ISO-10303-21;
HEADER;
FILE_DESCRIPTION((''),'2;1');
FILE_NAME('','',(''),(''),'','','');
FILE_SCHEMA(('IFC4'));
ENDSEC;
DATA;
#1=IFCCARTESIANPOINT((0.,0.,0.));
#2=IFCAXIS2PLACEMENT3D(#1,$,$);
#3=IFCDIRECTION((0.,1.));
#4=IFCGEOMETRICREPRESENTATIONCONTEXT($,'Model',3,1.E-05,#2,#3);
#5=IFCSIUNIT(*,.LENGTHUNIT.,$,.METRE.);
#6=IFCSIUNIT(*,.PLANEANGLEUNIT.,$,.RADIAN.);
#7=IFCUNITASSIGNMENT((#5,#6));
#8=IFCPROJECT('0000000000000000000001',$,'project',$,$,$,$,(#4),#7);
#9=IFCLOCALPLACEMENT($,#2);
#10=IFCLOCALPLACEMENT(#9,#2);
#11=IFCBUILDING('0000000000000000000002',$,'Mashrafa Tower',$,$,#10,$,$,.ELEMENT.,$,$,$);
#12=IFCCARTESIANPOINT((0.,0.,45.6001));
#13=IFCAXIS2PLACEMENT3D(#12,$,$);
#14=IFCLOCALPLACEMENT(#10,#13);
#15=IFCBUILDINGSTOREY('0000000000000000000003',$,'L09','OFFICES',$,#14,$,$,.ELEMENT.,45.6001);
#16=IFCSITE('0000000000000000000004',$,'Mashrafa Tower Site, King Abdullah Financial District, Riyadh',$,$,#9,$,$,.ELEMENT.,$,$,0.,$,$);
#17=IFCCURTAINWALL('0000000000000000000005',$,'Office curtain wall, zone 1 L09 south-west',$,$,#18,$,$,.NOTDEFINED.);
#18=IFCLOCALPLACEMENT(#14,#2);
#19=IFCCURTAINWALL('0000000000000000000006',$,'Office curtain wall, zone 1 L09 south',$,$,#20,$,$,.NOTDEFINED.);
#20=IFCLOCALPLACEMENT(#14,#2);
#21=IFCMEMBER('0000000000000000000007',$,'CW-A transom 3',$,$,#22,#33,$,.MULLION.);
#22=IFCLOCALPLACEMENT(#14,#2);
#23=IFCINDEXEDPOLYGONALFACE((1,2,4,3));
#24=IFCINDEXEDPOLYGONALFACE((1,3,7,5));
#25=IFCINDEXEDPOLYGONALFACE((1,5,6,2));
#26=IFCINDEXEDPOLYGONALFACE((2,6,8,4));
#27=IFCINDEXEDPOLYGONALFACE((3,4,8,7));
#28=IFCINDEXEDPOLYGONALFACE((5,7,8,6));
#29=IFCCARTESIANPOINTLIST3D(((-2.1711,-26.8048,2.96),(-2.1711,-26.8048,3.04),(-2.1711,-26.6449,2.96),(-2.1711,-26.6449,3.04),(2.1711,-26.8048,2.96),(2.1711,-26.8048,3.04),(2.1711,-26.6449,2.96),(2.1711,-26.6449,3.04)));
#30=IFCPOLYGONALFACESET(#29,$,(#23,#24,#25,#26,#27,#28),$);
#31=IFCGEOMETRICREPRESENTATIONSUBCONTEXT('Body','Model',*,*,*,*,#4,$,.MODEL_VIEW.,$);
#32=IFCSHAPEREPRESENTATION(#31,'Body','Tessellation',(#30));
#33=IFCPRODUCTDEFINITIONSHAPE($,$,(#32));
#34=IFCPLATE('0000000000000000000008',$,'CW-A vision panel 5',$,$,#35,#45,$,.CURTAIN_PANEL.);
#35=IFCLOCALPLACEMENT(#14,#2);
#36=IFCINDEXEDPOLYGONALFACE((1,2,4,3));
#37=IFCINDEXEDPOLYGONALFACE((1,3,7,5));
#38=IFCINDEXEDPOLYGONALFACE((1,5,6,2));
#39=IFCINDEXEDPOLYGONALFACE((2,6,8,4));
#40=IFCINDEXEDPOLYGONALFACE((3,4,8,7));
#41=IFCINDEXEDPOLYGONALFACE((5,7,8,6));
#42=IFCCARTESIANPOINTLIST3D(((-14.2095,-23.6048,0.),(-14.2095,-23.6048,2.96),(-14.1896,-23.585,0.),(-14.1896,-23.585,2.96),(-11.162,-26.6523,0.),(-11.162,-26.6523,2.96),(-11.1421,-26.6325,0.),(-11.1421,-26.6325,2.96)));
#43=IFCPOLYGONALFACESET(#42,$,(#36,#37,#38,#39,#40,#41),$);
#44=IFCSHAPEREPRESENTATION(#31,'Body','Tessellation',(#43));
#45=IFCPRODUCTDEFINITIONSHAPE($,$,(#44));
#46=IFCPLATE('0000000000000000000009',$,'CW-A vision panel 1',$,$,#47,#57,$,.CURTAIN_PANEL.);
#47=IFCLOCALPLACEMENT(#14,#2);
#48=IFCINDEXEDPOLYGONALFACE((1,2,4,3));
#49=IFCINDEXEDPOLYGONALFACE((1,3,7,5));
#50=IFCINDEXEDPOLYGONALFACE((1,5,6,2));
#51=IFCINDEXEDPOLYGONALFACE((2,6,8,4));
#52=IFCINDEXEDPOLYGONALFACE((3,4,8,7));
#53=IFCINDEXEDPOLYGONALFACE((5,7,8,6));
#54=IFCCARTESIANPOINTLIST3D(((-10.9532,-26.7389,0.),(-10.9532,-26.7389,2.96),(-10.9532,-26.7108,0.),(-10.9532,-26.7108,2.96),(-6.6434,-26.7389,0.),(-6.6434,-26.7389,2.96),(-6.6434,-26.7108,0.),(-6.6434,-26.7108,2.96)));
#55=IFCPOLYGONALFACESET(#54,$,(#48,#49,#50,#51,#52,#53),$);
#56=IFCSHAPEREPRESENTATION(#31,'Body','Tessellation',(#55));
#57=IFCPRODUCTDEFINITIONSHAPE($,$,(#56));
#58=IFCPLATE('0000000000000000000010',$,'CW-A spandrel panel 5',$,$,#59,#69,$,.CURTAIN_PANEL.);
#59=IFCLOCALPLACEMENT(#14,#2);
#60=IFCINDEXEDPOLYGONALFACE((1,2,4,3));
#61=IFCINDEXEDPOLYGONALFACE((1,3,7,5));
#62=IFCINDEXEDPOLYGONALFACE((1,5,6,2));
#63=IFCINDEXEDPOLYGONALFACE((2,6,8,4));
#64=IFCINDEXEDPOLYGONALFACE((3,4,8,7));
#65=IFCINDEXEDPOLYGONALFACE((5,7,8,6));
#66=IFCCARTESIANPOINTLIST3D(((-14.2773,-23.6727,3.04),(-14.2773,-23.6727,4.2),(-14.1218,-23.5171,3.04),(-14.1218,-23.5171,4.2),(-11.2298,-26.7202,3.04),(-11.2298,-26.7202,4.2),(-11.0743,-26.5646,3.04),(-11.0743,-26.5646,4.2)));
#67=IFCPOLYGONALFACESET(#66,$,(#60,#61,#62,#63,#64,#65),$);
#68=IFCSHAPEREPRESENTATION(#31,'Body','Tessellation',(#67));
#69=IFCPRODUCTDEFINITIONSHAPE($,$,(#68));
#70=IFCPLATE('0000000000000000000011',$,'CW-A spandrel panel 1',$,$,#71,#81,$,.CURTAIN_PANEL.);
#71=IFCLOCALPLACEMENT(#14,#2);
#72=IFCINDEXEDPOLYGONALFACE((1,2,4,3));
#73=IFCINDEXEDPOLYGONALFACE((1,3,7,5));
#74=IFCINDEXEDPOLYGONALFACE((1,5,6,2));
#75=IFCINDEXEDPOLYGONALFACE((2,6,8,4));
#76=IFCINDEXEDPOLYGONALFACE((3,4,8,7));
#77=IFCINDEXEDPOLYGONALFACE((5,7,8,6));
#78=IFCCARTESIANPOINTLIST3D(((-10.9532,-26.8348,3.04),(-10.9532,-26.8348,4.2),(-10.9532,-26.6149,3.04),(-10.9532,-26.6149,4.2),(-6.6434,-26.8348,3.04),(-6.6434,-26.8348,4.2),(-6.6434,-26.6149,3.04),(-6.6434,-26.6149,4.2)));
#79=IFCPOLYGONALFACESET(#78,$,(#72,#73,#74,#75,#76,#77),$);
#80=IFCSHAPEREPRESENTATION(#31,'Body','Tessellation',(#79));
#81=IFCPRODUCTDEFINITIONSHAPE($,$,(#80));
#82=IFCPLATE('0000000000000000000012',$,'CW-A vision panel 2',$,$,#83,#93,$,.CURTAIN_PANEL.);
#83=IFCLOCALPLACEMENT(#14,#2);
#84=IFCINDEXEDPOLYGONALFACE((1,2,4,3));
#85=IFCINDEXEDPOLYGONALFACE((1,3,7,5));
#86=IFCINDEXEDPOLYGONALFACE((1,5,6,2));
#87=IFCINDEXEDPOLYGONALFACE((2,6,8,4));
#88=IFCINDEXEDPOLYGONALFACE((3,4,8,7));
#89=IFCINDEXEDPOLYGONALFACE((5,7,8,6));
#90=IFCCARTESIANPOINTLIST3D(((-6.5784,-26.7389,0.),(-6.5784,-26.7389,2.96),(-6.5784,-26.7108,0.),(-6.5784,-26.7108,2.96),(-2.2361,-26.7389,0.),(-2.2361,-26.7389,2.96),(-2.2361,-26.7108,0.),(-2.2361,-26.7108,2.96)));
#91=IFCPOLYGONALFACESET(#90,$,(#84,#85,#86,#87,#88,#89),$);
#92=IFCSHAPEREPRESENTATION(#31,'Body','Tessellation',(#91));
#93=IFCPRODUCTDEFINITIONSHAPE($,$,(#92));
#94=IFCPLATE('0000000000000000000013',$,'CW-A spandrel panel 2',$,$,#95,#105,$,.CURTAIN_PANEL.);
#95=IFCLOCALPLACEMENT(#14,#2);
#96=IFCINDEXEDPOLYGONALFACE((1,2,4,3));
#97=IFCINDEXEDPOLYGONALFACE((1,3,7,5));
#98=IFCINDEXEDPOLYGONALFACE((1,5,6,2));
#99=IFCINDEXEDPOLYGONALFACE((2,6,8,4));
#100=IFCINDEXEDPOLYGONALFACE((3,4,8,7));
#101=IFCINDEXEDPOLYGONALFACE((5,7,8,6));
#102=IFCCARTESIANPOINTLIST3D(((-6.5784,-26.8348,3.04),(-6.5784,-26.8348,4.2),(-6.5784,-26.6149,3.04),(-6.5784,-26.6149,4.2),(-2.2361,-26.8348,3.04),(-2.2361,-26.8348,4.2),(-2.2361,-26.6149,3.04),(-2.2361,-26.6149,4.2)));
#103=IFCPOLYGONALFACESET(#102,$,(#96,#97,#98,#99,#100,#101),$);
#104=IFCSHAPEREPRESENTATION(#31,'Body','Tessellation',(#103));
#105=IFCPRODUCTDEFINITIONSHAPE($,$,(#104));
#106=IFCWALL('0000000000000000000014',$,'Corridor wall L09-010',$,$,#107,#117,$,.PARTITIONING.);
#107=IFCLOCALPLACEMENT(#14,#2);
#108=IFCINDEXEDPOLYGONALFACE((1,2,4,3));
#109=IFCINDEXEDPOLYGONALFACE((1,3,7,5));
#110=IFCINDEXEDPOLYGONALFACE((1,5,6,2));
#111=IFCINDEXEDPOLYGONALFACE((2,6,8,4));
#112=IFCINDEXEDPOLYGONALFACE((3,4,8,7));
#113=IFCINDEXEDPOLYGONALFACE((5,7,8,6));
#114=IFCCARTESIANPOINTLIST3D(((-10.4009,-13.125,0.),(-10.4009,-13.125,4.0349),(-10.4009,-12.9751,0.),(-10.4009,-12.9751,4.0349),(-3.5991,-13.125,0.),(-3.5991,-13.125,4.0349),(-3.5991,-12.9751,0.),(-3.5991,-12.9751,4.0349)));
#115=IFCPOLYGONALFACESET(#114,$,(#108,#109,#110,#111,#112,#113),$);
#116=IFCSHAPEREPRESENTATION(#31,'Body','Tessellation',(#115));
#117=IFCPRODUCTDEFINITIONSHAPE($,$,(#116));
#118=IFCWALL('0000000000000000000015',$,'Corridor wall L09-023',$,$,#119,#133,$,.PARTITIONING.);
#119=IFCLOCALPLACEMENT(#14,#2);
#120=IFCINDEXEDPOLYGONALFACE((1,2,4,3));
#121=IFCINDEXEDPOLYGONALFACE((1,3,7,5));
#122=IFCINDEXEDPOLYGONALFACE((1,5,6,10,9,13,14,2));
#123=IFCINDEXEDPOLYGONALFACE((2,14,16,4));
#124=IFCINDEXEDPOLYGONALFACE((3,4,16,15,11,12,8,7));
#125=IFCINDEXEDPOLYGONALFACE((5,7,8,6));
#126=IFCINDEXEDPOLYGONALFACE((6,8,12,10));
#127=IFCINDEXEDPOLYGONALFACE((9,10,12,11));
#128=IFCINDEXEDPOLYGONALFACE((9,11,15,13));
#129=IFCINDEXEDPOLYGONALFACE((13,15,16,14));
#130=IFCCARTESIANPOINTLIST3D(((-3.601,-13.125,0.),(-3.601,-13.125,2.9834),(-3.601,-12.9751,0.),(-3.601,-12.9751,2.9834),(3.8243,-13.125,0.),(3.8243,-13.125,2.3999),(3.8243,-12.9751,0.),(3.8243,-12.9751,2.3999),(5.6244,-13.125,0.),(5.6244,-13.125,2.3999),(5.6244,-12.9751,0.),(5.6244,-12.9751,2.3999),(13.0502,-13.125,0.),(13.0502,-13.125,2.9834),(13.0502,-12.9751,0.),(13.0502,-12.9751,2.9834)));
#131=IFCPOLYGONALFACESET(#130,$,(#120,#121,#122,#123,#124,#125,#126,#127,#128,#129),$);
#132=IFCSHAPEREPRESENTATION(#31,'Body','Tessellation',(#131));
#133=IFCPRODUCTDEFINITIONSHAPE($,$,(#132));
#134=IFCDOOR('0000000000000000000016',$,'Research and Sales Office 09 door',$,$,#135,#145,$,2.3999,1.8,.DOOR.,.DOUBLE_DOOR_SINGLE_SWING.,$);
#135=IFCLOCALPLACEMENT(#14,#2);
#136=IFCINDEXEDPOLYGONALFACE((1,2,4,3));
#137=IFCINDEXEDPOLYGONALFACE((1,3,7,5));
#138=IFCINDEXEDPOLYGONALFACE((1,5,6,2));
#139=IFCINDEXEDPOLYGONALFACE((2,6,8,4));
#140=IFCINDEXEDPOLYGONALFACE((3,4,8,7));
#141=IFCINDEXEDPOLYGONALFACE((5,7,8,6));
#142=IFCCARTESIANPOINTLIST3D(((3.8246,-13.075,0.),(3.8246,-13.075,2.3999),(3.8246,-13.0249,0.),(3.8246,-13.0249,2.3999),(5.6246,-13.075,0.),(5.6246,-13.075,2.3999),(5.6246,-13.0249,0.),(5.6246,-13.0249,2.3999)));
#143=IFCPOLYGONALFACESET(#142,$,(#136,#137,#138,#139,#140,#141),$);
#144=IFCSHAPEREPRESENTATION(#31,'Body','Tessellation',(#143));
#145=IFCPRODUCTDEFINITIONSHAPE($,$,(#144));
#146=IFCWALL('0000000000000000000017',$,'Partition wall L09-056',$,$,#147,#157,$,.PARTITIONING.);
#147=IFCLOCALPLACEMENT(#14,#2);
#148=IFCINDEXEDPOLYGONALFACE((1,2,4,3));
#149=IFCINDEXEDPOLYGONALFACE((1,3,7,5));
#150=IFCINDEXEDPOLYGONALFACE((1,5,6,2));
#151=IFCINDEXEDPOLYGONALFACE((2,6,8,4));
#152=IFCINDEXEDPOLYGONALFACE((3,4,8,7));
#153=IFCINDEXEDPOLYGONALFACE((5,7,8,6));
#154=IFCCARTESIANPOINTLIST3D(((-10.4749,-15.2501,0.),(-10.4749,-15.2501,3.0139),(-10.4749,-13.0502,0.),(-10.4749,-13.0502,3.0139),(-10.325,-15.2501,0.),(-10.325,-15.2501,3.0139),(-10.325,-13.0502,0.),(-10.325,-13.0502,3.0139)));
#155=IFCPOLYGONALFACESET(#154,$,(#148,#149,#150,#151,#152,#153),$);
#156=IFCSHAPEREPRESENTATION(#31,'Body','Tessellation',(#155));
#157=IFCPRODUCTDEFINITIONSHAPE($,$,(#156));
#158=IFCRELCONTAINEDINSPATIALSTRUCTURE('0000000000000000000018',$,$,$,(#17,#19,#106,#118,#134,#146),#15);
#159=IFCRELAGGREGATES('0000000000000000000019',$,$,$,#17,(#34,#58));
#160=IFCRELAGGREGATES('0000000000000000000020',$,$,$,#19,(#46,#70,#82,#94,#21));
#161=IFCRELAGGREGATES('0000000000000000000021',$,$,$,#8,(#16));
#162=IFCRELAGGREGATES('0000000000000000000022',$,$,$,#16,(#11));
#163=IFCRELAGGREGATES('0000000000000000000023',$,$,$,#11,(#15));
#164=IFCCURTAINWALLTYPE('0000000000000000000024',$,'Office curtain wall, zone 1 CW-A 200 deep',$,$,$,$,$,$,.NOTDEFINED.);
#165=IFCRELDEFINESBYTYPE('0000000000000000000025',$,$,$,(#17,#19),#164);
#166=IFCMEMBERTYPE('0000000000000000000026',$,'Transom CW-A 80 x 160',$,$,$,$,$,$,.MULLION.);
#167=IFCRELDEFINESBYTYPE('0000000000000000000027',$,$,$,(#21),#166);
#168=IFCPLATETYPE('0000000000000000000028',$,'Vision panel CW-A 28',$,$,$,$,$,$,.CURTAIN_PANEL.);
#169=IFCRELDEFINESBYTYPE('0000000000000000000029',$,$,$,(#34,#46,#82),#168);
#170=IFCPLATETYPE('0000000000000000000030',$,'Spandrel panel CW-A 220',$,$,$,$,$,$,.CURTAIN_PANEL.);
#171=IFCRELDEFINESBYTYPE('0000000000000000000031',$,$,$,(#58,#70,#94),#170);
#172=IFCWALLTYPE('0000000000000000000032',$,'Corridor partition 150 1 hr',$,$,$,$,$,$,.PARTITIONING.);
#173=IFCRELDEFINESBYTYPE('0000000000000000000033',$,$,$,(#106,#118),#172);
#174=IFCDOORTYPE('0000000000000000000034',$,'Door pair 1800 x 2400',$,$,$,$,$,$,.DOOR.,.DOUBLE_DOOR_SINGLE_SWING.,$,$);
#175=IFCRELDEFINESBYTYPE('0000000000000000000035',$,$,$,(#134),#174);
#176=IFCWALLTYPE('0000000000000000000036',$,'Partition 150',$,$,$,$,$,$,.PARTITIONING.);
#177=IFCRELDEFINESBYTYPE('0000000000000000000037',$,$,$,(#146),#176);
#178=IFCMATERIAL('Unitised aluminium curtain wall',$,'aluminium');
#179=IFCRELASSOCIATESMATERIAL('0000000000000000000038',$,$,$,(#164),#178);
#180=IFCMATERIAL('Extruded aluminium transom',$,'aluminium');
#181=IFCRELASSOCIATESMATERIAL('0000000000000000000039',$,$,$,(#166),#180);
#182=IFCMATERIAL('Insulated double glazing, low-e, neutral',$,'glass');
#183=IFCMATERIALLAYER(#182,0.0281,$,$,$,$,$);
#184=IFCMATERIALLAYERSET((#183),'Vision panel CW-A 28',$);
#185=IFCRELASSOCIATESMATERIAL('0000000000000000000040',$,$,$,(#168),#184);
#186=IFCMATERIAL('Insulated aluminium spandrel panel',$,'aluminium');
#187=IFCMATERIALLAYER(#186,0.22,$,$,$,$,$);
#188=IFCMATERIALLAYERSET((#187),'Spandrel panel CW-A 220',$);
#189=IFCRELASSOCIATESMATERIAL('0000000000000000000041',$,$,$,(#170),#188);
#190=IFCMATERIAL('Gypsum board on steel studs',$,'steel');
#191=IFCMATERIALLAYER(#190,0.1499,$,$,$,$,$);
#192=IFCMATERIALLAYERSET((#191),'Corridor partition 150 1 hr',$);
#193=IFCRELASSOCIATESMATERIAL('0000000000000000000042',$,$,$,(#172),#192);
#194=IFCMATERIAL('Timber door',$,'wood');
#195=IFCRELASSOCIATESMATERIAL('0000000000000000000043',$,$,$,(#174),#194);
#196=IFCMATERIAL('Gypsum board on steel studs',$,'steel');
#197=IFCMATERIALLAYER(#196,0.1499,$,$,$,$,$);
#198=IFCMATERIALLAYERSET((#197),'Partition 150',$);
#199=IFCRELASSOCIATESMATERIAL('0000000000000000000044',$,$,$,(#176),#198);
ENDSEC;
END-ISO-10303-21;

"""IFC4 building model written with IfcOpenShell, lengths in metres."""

from ifc_helpers import new_model, si_unit, direction, frame, frame_2d, origin, origin_2d, place, context, subcontext, project, spatial, rectangle, extrude, source, transform, mapped, material, layer, layer_set, material_profile, profile_set, type_object, type_shapes, element, fill, aggregate, save


model = new_model("IFC4")

# Units and contexts
model_context = context("Model", 3, precision=1e-05, world=origin(), true_north=direction((0.0, 1.0)))
body_context = subcontext(model_context, "Body", "Model", "MODEL_VIEW")
ifc_project = project(units=[si_unit("LENGTHUNIT", "METRE"), si_unit("PLANEANGLEUNIT", "RADIAN")], contexts=[model_context])

# Site, building, storey
site_placement = place(None, origin())
site = spatial("IfcSite", under=ifc_project, at=site_placement, Name="Mashrafa Tower Site, King Abdullah Financial District, Riyadh", CompositionType="ELEMENT", RefElevation=0.0)
building_placement = place(site_placement, origin())
building = spatial("IfcBuilding", under=site, at=building_placement, Name="Mashrafa Tower", CompositionType="ELEMENT")
storey_placement = place(building_placement, frame((0.0, 0.0, 45.6001)))
storey = spatial("IfcBuildingStorey", under=building, at=storey_placement, Name="L09", Description="OFFICES", CompositionType="ELEMENT", Elevation=45.6001)

# Curtain wall
ifc_material_1 = material(Name="Unitised aluminium curtain wall", Category="aluminium")
curtain_wall_type = type_object("IfcCurtainWallType", Name="Office curtain wall, zone 1 CW-A 200 deep", PredefinedType="NOTDEFINED", material=ifc_material_1)
curtain_wall_1_placement = place(storey_placement, origin())
curtain_wall_1 = element("IfcCurtainWall", 1, at=curtain_wall_1_placement, inside=storey, type_object=curtain_wall_type, Name="Office curtain wall, zone 1 L09 south-west", PredefinedType="NOTDEFINED")

# Curtain wall, member
curtain_wall_2_placement = place(storey_placement, origin())
curtain_wall_2 = element("IfcCurtainWall", 2, at=curtain_wall_2_placement, inside=storey, type_object=curtain_wall_type, Name="Office curtain wall, zone 1 L09 south", PredefinedType="NOTDEFINED")
ifc_material_2 = material(Name="Extruded aluminium transom", Category="aluminium")
ifc_material_profile_1 = material_profile(ifc_material_2, rectangle(XDim=0.1599, YDim=0.0801, at=origin_2d()), Name="Transom 80x160")
ifc_profile_set_1 = profile_set([ifc_material_profile_1], Name="Extruded aluminium transom")
member_type_1 = type_object("IfcMemberType", Name="Transom CW-A 80 x 160", PredefinedType="MULLION", material=ifc_profile_set_1)
shared_shape_1 = source(origin(), body_context, "Body", "SweptSolid", [
    extrude(rectangle(XDim=0.1599, YDim=0.0801, at=origin_2d()), origin(), (0.0, 0.0, 1.0), 4.3423),
])
member_1_placement = place(storey_placement, frame((-2.1711, -26.7249, 3.0), z_axis=(1.0, 0.0, 0.0), x_axis=(0.0, 1.0, 0.0)))
member_1 = element("IfcMember", 3, at=member_1_placement, type_object=member_type_1, Name="CW-A transom 3", PredefinedType="MULLION", context=body_context, shape_type="MappedRepresentation", body=[
    mapped(shared_shape_1, transform((0.0, 0.0, 0.0))),
])

# Plates
ifc_material_3 = material(Name="Insulated double glazing, low-e, neutral", Category="glass")
ifc_layer_1 = layer(ifc_material_3, 0.0281)
ifc_layer_set_1 = layer_set([ifc_layer_1], Name="Vision panel CW-A 28")
plate_type_1 = type_object("IfcPlateType", Name="Vision panel CW-A 28", PredefinedType="CURTAIN_PANEL", material=ifc_layer_set_1)
shared_shape_2 = source(origin(), body_context, "Body", "SweptSolid", [
    extrude(rectangle(XDim=4.3098, YDim=0.0281, at=origin_2d()), origin(), (0.0, 0.0, 1.0), 2.96),
])
plate_1_placement = place(storey_placement, frame((-12.6758, -25.1187, 0.0), z_axis=(0.0, 0.0, 1.0), x_axis=(0.707107, -0.707107, 0.0)))
plate_1 = element("IfcPlate", 4, at=plate_1_placement, type_object=plate_type_1, Name="CW-A vision panel 5", PredefinedType="CURTAIN_PANEL", context=body_context, shape_type="MappedRepresentation", body=[
    mapped(shared_shape_2, transform((0.0, 0.0, 0.0))),
])
plate_2_placement = place(storey_placement, frame((-8.7983, -26.7249, 0.0), z_axis=(0.0, 0.0, 1.0), x_axis=(1.0, 0.0, 0.0)))
plate_2 = element("IfcPlate", 5, at=plate_2_placement, type_object=plate_type_1, Name="CW-A vision panel 1", PredefinedType="CURTAIN_PANEL", context=body_context, shape_type="MappedRepresentation", body=[
    mapped(shared_shape_2, transform((0.0, 0.0, 0.0))),
])
ifc_material_4 = material(Name="Insulated aluminium spandrel panel", Category="aluminium")
ifc_layer_2 = layer(ifc_material_4, 0.22)
ifc_layer_set_2 = layer_set([ifc_layer_2], Name="Spandrel panel CW-A 220")
plate_type_2 = type_object("IfcPlateType", Name="Spandrel panel CW-A 220", PredefinedType="CURTAIN_PANEL", material=ifc_layer_set_2)
shared_shape_3 = source(origin(), body_context, "Body", "SweptSolid", [
    extrude(rectangle(XDim=4.3098, YDim=0.22, at=origin_2d()), origin(), (0.0, 0.0, 1.0), 1.1599),
])
plate_3_placement = place(storey_placement, frame((-12.6758, -25.1187, 3.04), z_axis=(0.0, 0.0, 1.0), x_axis=(0.707107, -0.707107, 0.0)))
plate_3 = element("IfcPlate", 6, at=plate_3_placement, type_object=plate_type_2, Name="CW-A spandrel panel 5", PredefinedType="CURTAIN_PANEL", context=body_context, shape_type="MappedRepresentation", body=[
    mapped(shared_shape_3, transform((0.0, 0.0, 0.0))),
])
aggregate(curtain_wall_1, [plate_1, plate_3])
plate_4_placement = place(storey_placement, frame((-8.7983, -26.7249, 3.04), z_axis=(0.0, 0.0, 1.0), x_axis=(1.0, 0.0, 0.0)))
plate_4 = element("IfcPlate", 7, at=plate_4_placement, type_object=plate_type_2, Name="CW-A spandrel panel 1", PredefinedType="CURTAIN_PANEL", context=body_context, shape_type="MappedRepresentation", body=[
    mapped(shared_shape_3, transform((0.0, 0.0, 0.0))),
])
shared_shape_4 = source(origin(), body_context, "Body", "SweptSolid", [
    extrude(rectangle(XDim=4.3423, YDim=0.0281, at=origin_2d()), origin(), (0.0, 0.0, 1.0), 2.96),
])
type_shapes(plate_type_1, [shared_shape_2, shared_shape_4])
plate_5_placement = place(storey_placement, frame((-4.4072, -26.7249, 0.0), z_axis=(0.0, 0.0, 1.0), x_axis=(1.0, 0.0, 0.0)))
plate_5 = element("IfcPlate", 8, at=plate_5_placement, type_object=plate_type_1, Name="CW-A vision panel 2", PredefinedType="CURTAIN_PANEL", context=body_context, shape_type="MappedRepresentation", body=[
    mapped(shared_shape_4, transform((0.0, 0.0, 0.0))),
])
shared_shape_5 = source(origin(), body_context, "Body", "SweptSolid", [
    extrude(rectangle(XDim=4.3423, YDim=0.22, at=origin_2d()), origin(), (0.0, 0.0, 1.0), 1.1599),
])
type_shapes(plate_type_2, [shared_shape_3, shared_shape_5])
plate_6_placement = place(storey_placement, frame((-4.4072, -26.7249, 3.04), z_axis=(0.0, 0.0, 1.0), x_axis=(1.0, 0.0, 0.0)))
plate_6 = element("IfcPlate", 9, at=plate_6_placement, type_object=plate_type_2, Name="CW-A spandrel panel 2", PredefinedType="CURTAIN_PANEL", context=body_context, shape_type="MappedRepresentation", body=[
    mapped(shared_shape_5, transform((0.0, 0.0, 0.0))),
])
aggregate(curtain_wall_2, [plate_2, plate_4, plate_5, plate_6, member_1])

# Wall
ifc_material_5 = material(Name="Gypsum board on steel studs", Category="steel")
ifc_layer_3 = layer(ifc_material_5, 0.1499)
ifc_layer_set_3 = layer_set([ifc_layer_3], Name="Corridor partition 150 1 hr")
wall_type_1 = type_object("IfcWallType", Name="Corridor partition 150 1 hr", PredefinedType="PARTITIONING", material=ifc_layer_set_3)
wall_1_placement = place(storey_placement, frame((-10.4009, -13.05, 0.0), z_axis=(0.0, 0.0, 1.0), x_axis=(1.0, 0.0, 0.0)))
element("IfcWall", 10, at=wall_1_placement, inside=storey, type_object=wall_type_1, Name="Corridor wall L09-010", PredefinedType="PARTITIONING", context=body_context, shape_type="SweptSolid", body=[
    extrude(rectangle(XDim=6.8018, YDim=0.1499, at=frame_2d((3.4009, 0.0))), origin(), (0.0, 0.0, 1.0), 4.0349),
])

# Wall, opening, door
wall_2_placement = place(storey_placement, frame((-3.6011, -13.05, 0.0), z_axis=(0.0, 0.0, 1.0), x_axis=(1.0, 0.0, 0.0)))
wall_2 = element("IfcWall", 11, at=wall_2_placement, inside=storey, type_object=wall_type_1, Name="Corridor wall L09-023", PredefinedType="PARTITIONING", context=body_context, shape_type="SweptSolid", body=[
    extrude(rectangle(XDim=16.6511, YDim=0.1499, at=frame_2d((8.3257, 0.0))), origin(), (0.0, 0.0, 1.0), 2.9834),
])
opening_1_placement = place(wall_2_placement, frame((7.4255, 0.0, 0.0)))
opening_1 = element("IfcOpeningElement", 12, at=opening_1_placement, cuts=wall_2, PredefinedType="OPENING", context=body_context, shape_type="SweptSolid", body=[
    extrude(rectangle(XDim=1.8, YDim=2.3999, at=frame_2d((0.8999, 1.2))), frame((0.0, 0.085, 0.0), z_axis=(0.0, -1.0, 0.0), x_axis=(1.0, 0.0, 0.0)), (0.0, 0.0, 1.0), 0.1699),
])
ifc_material_6 = material(Name="Timber door", Category="wood")
door_type_1 = type_object("IfcDoorType", Name="Door pair 1800 x 2400", OperationType="DOUBLE_DOOR_SINGLE_SWING", PredefinedType="DOOR", material=ifc_material_6)
door_1_placement = place(opening_1_placement, frame((1.8, 0.0, 0.0), z_axis=(0.0, 0.0, 1.0), x_axis=(-1.0, 0.0, 0.0)))
door_1 = element("IfcDoor", 13, at=door_1_placement, inside=storey, type_object=door_type_1, Name="Research and Sales Office 09 door", OperationType="DOUBLE_DOOR_SINGLE_SWING", OverallHeight=2.3999, OverallWidth=1.8, PredefinedType="DOOR", context=body_context, shape_type="SweptSolid", body=[
    extrude(rectangle(XDim=1.8, YDim=2.3999, at=frame_2d((0.8999, 1.2))), frame((0.0, 0.0249, 0.0), z_axis=(0.0, -1.0, 0.0), x_axis=(1.0, 0.0, 0.0)), (0.0, 0.0, 1.0), 0.05),
])
fill(opening_1, door_1)

# Wall
ifc_material_7 = material(Name="Gypsum board on steel studs", Category="steel")
ifc_layer_4 = layer(ifc_material_7, 0.1499)
ifc_layer_set_4 = layer_set([ifc_layer_4], Name="Partition 150")
wall_type_2 = type_object("IfcWallType", Name="Partition 150", PredefinedType="PARTITIONING", material=ifc_layer_set_4)
wall_3_placement = place(storey_placement, frame((-10.3999, -13.05, 0.0), z_axis=(0.0, 0.0, 1.0), x_axis=(0.0, -1.0, 0.0)))
element("IfcWall", 14, at=wall_3_placement, inside=storey, type_object=wall_type_2, Name="Partition wall L09-056", PredefinedType="PARTITIONING", context=body_context, shape_type="SweptSolid", body=[
    extrude(rectangle(XDim=2.2, YDim=0.1499, at=frame_2d((1.1001, 0.0))), origin(), (0.0, 0.0, 1.0), 3.0139),
])

save(model, "model.ifc")
